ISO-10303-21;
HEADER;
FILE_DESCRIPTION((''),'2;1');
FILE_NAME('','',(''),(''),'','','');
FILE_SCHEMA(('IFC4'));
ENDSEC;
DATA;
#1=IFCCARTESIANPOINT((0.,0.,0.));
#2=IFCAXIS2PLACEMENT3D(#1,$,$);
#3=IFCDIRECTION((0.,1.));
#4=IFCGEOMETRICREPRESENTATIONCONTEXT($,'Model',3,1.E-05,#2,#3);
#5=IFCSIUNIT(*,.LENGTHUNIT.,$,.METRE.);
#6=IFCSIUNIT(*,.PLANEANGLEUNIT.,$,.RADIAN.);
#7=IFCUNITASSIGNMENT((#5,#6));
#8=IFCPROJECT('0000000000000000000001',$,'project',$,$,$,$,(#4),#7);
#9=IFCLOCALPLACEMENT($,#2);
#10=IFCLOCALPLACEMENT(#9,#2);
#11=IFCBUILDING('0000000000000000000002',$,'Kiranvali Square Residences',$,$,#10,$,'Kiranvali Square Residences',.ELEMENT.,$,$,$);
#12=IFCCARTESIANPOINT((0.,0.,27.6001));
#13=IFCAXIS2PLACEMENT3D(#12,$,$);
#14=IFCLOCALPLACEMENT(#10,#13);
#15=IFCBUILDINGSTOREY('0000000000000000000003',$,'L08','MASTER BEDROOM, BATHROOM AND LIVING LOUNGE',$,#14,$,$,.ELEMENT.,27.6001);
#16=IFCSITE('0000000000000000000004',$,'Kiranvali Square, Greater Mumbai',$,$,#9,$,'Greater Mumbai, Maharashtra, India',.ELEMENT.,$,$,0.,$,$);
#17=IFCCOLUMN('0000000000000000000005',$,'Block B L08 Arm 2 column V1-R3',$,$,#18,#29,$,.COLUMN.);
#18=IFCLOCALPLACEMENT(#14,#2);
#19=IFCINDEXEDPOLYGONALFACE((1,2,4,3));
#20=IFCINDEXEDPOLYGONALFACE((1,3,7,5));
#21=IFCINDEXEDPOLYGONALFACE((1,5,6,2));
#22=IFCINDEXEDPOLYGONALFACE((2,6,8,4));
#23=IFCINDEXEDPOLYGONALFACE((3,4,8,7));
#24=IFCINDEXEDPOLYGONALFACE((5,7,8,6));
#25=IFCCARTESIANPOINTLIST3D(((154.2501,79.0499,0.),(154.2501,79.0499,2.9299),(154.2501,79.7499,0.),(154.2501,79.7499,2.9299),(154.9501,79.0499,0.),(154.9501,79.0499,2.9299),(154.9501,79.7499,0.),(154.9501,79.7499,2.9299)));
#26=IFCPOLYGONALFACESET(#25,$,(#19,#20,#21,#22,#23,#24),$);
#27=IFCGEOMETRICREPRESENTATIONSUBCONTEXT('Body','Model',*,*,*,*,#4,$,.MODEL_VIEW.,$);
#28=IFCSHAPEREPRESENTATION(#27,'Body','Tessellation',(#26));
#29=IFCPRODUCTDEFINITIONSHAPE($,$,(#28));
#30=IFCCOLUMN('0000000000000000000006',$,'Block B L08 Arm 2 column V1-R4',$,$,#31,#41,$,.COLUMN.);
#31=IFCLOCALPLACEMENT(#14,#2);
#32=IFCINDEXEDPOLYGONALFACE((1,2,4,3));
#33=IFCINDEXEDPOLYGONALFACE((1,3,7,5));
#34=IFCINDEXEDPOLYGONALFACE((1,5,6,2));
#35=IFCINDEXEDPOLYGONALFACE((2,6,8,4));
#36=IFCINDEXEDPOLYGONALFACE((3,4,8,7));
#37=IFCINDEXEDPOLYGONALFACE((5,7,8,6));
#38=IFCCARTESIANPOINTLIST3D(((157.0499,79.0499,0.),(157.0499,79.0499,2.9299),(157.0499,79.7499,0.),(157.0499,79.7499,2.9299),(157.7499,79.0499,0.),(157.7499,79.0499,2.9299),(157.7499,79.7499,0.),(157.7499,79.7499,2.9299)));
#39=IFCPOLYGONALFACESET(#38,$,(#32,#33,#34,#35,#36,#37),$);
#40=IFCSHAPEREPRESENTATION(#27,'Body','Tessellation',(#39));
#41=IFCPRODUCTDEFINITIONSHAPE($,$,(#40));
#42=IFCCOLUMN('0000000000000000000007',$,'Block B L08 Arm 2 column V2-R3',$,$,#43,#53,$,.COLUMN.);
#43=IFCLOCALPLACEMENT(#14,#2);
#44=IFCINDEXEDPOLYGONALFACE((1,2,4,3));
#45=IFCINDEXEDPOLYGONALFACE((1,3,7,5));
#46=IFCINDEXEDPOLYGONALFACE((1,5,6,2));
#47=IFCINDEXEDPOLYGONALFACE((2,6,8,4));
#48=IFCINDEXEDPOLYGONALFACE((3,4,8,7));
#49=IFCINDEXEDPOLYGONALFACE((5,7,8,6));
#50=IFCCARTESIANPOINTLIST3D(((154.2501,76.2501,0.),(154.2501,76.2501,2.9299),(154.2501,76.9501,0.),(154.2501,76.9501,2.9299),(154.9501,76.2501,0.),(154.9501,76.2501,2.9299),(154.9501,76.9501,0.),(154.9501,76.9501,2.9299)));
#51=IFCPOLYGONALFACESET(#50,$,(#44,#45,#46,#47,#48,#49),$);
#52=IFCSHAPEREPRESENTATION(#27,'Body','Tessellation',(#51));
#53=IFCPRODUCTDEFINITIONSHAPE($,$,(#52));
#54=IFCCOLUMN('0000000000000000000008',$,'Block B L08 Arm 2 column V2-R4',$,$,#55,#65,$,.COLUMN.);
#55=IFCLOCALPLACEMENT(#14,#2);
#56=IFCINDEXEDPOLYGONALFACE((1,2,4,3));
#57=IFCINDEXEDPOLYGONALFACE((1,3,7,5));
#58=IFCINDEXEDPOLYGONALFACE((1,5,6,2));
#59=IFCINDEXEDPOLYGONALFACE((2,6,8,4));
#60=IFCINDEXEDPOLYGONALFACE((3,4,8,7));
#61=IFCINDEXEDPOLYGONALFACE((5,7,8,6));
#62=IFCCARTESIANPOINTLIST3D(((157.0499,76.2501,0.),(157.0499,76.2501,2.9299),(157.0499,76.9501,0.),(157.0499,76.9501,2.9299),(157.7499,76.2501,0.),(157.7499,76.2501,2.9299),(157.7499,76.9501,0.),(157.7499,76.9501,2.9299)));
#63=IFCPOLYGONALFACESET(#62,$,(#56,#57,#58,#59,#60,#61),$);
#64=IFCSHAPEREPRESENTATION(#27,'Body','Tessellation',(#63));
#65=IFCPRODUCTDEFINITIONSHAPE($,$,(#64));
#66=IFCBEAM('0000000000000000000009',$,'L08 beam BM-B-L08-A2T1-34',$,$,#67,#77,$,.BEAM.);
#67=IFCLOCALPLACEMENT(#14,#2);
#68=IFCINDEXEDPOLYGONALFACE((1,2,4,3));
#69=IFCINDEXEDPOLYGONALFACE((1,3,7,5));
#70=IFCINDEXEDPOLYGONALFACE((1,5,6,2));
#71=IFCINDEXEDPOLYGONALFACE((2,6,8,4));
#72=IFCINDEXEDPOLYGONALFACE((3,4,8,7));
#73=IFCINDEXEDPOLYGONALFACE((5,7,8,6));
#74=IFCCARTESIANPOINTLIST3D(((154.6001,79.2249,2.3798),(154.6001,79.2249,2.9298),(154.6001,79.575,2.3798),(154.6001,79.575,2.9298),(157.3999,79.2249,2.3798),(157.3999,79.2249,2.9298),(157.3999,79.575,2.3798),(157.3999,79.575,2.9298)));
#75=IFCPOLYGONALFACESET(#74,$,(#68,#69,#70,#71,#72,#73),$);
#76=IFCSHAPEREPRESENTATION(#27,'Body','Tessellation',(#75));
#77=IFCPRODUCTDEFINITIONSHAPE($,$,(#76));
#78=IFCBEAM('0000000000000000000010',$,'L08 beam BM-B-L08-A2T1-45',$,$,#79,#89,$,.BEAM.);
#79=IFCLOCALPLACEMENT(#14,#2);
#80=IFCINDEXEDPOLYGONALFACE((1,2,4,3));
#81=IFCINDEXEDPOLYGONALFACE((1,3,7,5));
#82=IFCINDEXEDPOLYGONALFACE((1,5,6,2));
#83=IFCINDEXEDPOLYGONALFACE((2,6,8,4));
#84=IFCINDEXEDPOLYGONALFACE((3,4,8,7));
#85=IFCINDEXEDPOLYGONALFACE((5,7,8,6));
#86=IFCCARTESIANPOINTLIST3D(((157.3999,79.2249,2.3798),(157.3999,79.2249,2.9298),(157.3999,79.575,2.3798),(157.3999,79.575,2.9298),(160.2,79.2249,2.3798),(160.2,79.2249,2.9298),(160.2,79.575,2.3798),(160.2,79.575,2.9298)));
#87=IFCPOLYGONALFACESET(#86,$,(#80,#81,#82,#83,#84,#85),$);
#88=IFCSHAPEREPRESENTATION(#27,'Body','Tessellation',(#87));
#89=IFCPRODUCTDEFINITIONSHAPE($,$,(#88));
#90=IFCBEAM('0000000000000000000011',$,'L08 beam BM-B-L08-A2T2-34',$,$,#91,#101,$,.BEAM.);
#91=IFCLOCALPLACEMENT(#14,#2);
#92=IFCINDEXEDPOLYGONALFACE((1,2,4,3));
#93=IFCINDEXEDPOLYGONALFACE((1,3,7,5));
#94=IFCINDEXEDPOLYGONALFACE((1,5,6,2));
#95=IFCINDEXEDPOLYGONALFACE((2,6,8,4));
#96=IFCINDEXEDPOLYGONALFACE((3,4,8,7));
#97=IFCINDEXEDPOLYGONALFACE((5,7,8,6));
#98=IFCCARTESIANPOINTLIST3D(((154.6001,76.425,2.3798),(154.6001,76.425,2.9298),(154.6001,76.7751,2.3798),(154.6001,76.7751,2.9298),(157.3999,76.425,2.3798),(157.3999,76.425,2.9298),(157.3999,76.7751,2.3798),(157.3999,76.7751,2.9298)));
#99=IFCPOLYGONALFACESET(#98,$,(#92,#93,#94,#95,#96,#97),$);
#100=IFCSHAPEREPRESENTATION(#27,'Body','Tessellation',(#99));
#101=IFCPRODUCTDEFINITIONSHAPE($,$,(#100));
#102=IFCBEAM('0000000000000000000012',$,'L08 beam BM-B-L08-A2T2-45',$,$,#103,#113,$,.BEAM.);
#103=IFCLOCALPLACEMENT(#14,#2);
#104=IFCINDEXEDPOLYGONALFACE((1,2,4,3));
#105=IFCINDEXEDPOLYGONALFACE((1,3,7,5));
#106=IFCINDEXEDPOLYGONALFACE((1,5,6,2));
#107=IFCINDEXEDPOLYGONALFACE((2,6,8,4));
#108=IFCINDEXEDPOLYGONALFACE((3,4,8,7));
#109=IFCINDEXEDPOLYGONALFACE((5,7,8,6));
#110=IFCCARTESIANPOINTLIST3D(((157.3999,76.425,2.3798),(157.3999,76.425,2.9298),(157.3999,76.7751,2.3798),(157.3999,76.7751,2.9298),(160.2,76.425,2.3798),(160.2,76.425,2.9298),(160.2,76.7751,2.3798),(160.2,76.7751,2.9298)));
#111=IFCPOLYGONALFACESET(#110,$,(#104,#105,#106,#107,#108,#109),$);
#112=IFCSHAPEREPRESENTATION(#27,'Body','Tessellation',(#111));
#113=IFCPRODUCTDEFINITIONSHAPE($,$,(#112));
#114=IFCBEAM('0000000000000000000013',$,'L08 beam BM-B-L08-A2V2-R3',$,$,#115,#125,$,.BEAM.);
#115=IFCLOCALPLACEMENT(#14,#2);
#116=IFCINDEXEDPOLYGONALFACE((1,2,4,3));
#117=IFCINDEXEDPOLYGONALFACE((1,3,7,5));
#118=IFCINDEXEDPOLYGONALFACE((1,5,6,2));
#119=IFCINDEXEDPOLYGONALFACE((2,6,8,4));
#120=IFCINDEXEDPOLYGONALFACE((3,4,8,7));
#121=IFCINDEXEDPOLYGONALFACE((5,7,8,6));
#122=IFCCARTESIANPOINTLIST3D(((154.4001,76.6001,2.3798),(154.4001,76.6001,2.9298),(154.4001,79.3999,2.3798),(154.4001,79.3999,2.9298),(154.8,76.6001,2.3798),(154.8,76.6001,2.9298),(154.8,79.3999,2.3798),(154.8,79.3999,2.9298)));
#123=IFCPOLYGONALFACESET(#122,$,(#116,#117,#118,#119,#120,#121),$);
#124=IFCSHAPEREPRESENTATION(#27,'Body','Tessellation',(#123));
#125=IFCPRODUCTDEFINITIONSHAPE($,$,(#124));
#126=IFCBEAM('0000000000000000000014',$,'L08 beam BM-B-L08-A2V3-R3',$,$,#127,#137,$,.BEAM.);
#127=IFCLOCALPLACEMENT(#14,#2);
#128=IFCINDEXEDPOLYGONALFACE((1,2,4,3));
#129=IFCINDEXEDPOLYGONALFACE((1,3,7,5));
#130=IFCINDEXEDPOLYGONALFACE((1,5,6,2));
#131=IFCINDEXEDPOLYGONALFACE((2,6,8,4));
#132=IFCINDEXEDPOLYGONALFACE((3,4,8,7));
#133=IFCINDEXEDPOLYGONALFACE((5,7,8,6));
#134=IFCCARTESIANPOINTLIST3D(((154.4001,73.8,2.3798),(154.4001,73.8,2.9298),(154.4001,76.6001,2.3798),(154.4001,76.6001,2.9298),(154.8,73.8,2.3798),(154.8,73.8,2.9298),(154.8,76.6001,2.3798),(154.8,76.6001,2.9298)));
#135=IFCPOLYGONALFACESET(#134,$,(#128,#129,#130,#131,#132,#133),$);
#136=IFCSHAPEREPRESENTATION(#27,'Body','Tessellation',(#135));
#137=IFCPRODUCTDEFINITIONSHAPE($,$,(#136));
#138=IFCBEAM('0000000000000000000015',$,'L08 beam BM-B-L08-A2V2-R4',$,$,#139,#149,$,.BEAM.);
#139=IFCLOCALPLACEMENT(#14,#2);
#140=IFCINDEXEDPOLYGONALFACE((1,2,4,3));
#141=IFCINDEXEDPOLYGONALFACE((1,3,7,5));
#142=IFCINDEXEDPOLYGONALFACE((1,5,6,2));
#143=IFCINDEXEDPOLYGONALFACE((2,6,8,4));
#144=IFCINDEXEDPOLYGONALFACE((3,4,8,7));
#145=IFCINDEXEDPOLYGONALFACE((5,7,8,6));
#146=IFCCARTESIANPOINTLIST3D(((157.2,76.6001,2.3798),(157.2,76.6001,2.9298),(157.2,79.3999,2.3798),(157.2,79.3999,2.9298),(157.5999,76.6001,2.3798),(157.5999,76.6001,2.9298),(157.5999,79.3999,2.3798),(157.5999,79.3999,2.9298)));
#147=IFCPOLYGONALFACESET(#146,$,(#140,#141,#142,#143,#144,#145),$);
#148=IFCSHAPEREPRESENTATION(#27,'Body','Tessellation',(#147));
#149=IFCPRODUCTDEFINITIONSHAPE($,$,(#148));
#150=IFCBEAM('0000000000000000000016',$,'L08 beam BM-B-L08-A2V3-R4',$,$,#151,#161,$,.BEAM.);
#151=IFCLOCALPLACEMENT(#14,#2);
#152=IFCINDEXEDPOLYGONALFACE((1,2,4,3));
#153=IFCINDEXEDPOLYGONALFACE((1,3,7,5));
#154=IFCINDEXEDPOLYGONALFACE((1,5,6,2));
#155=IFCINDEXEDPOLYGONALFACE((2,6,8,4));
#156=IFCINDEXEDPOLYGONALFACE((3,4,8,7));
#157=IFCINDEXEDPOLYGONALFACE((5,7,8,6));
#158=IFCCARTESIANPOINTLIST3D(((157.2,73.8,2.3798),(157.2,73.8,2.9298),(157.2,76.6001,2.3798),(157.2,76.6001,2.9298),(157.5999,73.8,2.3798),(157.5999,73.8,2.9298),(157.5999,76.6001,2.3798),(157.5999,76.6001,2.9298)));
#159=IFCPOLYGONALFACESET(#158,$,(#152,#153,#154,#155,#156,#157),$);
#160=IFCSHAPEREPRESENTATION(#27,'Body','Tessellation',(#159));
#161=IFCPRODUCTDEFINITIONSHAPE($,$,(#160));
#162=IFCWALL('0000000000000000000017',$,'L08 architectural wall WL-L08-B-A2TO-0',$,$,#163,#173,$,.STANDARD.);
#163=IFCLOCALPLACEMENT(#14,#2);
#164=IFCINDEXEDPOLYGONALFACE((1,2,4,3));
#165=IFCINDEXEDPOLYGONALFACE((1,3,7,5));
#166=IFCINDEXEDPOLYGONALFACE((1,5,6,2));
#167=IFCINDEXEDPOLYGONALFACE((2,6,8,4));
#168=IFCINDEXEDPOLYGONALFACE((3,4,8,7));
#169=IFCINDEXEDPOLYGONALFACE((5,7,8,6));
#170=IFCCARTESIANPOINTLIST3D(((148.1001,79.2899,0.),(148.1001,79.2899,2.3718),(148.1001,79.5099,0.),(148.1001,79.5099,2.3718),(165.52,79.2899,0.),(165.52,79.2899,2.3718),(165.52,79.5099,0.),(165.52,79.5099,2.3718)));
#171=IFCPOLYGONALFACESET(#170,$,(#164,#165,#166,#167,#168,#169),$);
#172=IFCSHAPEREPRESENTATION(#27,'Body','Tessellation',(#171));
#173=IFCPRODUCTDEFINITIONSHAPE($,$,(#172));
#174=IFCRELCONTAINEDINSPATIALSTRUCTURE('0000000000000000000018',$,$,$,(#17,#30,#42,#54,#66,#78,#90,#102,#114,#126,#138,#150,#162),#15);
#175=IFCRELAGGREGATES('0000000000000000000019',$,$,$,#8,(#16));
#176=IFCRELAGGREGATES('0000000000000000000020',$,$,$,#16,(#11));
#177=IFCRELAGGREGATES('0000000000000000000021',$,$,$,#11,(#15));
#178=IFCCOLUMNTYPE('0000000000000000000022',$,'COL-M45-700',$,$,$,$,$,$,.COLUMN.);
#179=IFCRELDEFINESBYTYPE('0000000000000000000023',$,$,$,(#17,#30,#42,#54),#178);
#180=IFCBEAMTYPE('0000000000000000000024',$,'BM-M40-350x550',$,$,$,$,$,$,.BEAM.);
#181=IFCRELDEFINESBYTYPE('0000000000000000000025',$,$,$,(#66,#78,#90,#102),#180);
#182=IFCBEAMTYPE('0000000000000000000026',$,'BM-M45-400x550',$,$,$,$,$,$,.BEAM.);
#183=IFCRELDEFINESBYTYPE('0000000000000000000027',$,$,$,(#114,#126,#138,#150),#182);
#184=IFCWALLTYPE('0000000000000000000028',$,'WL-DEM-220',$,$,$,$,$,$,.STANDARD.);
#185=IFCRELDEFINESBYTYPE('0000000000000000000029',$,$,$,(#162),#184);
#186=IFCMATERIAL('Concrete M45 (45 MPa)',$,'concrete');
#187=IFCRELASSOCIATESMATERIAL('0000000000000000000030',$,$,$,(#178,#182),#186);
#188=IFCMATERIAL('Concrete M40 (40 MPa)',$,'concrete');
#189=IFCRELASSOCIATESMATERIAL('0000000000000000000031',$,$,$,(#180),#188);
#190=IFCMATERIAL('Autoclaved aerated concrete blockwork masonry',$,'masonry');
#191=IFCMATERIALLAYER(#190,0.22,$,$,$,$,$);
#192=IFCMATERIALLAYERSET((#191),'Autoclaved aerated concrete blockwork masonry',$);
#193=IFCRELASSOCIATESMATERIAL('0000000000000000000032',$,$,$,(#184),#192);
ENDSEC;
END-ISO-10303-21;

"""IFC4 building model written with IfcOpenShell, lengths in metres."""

from ifc_helpers import new_model, si_unit, direction, frame, frame_2d, origin, origin_2d, place, context, subcontext, project, spatial, rectangle, extrude, material, layer, layer_set, material_profile, profile_set, type_object, element, save


model = new_model("IFC4")

# Units and contexts
model_context = context("Model", 3, precision=1e-05, world=origin(), true_north=direction((0.0, 1.0)))
body_context = subcontext(model_context, "Body", "Model", "MODEL_VIEW")
ifc_project = project(units=[si_unit("LENGTHUNIT", "METRE"), si_unit("PLANEANGLEUNIT", "RADIAN")], contexts=[model_context])

# Site, building, storey
site_placement = place(None, origin())
site = spatial("IfcSite", under=ifc_project, at=site_placement, Name="Kiranvali Square, Greater Mumbai", LongName="Greater Mumbai, Maharashtra, India", CompositionType="ELEMENT", RefElevation=0.0)
building_placement = place(site_placement, origin())
building = spatial("IfcBuilding", under=site, at=building_placement, Name="Kiranvali Square Residences", LongName="Kiranvali Square Residences", CompositionType="ELEMENT")
storey_placement = place(building_placement, frame((0.0, 0.0, 27.6001)))
storey = spatial("IfcBuildingStorey", under=building, at=storey_placement, Name="L08", Description="MASTER BEDROOM, BATHROOM AND LIVING LOUNGE", CompositionType="ELEMENT", Elevation=27.6001)

# Columns
ifc_material_1 = material(Name="Concrete M45 (45 MPa)", Category="concrete")
ifc_material_profile_1 = material_profile(ifc_material_1, rectangle(XDim=0.7, YDim=0.7, at=origin_2d()), Name="RC 700x700")
ifc_profile_set_1 = profile_set([ifc_material_profile_1], Name="Concrete M45 (45 MPa)")
column_type = type_object("IfcColumnType", Name="COL-M45-700", PredefinedType="COLUMN", material=ifc_profile_set_1)
for number, where, z_axis, x_axis, name in (
    (1, (154.6001, 79.3999, 0.0), (0.0, 0.0, 1.0), (1.0, 0.0, 0.0), "Block B L08 Arm 2 column V1-R3"),
    (2, (157.3999, 79.3999, 0.0), (0.0, 0.0, 1.0), (1.0, 0.0, 0.0), "Block B L08 Arm 2 column V1-R4"),
    (3, (154.6001, 76.6001, 0.0), (0.0, 0.0, 1.0), (1.0, 0.0, 0.0), "Block B L08 Arm 2 column V2-R3"),
    (4, (157.3999, 76.6001, 0.0), (0.0, 0.0, 1.0), (1.0, 0.0, 0.0), "Block B L08 Arm 2 column V2-R4"),
):
    element("IfcColumn", number, at=place(storey_placement, frame(where, z_axis=z_axis, x_axis=x_axis)), inside=storey, type_object=column_type, Name=name, PredefinedType="COLUMN", context=body_context, shape_type="SweptSolid", body=[
        extrude(rectangle(XDim=0.7, YDim=0.7, at=origin_2d()), origin(), (0.0, 0.0, 1.0), 2.9299),
    ])

# Beams
ifc_material_2 = material(Name="Concrete M40 (40 MPa)", Category="concrete")
ifc_material_profile_2 = material_profile(ifc_material_2, rectangle(XDim=0.3501, YDim=0.55, at=origin_2d()), Name="RC 350x550")
ifc_profile_set_2 = profile_set([ifc_material_profile_2], Name="Concrete M40 (40 MPa)")
beam_type_1 = type_object("IfcBeamType", Name="BM-M40-350x550", PredefinedType="BEAM", material=ifc_profile_set_2)
beam_1_placement = place(storey_placement, frame((154.6001, 79.3999, 2.6548), z_axis=(1.0, 0.0, 0.0), x_axis=(0.0, 1.0, 0.0)))
element("IfcBeam", 5, at=beam_1_placement, inside=storey, type_object=beam_type_1, Name="L08 beam BM-B-L08-A2T1-34", PredefinedType="BEAM", context=body_context, shape_type="SweptSolid", body=[
    extrude(rectangle(XDim=0.3501, YDim=0.55, at=origin_2d()), origin(), (0.0, 0.0, 1.0), 2.7998),
])
beam_2_placement = place(storey_placement, frame((157.3999, 79.3999, 2.6548), z_axis=(1.0, 0.0, 0.0), x_axis=(0.0, 1.0, 0.0)))
element("IfcBeam", 6, at=beam_2_placement, inside=storey, type_object=beam_type_1, Name="L08 beam BM-B-L08-A2T1-45", PredefinedType="BEAM", context=body_context, shape_type="SweptSolid", body=[
    extrude(rectangle(XDim=0.3501, YDim=0.55, at=origin_2d()), origin(), (0.0, 0.0, 1.0), 2.8),
])
beam_3_placement = place(storey_placement, frame((154.6001, 76.6001, 2.6548), z_axis=(1.0, 0.0, 0.0), x_axis=(0.0, 1.0, 0.0)))
element("IfcBeam", 7, at=beam_3_placement, inside=storey, type_object=beam_type_1, Name="L08 beam BM-B-L08-A2T2-34", PredefinedType="BEAM", context=body_context, shape_type="SweptSolid", body=[
    extrude(rectangle(XDim=0.3501, YDim=0.55, at=origin_2d()), origin(), (0.0, 0.0, 1.0), 2.7998),
])
beam_4_placement = place(storey_placement, frame((157.3999, 76.6001, 2.6548), z_axis=(1.0, 0.0, 0.0), x_axis=(0.0, 1.0, 0.0)))
element("IfcBeam", 8, at=beam_4_placement, inside=storey, type_object=beam_type_1, Name="L08 beam BM-B-L08-A2T2-45", PredefinedType="BEAM", context=body_context, shape_type="SweptSolid", body=[
    extrude(rectangle(XDim=0.3501, YDim=0.55, at=origin_2d()), origin(), (0.0, 0.0, 1.0), 2.8),
])
ifc_material_profile_3 = material_profile(ifc_material_1, rectangle(XDim=0.3999, YDim=0.55, at=origin_2d()), Name="RC 400x550")
ifc_profile_set_3 = profile_set([ifc_material_profile_3], Name="Concrete M45 (45 MPa)")
beam_type_2 = type_object("IfcBeamType", Name="BM-M45-400x550", PredefinedType="BEAM", material=ifc_profile_set_3)
beam_5_placement = place(storey_placement, frame((154.6001, 79.3999, 2.6548), z_axis=(0.0, -1.0, 0.0), x_axis=(1.0, 0.0, 0.0)))
element("IfcBeam", 9, at=beam_5_placement, inside=storey, type_object=beam_type_2, Name="L08 beam BM-B-L08-A2V2-R3", PredefinedType="BEAM", context=body_context, shape_type="SweptSolid", body=[
    extrude(rectangle(XDim=0.3999, YDim=0.55, at=origin_2d()), origin(), (0.0, 0.0, 1.0), 2.7998),
])
beam_6_placement = place(storey_placement, frame((154.6001, 76.6001, 2.6548), z_axis=(0.0, -1.0, 0.0), x_axis=(1.0, 0.0, 0.0)))
element("IfcBeam", 10, at=beam_6_placement, inside=storey, type_object=beam_type_2, Name="L08 beam BM-B-L08-A2V3-R3", PredefinedType="BEAM", context=body_context, shape_type="SweptSolid", body=[
    extrude(rectangle(XDim=0.3999, YDim=0.55, at=origin_2d()), origin(), (0.0, 0.0, 1.0), 2.8),
])
beam_7_placement = place(storey_placement, frame((157.3999, 79.3999, 2.6548), z_axis=(0.0, -1.0, 0.0), x_axis=(1.0, 0.0, 0.0)))
element("IfcBeam", 11, at=beam_7_placement, inside=storey, type_object=beam_type_2, Name="L08 beam BM-B-L08-A2V2-R4", PredefinedType="BEAM", context=body_context, shape_type="SweptSolid", body=[
    extrude(rectangle(XDim=0.3999, YDim=0.55, at=origin_2d()), origin(), (0.0, 0.0, 1.0), 2.7998),
])
beam_8_placement = place(storey_placement, frame((157.3999, 76.6001, 2.6548), z_axis=(0.0, -1.0, 0.0), x_axis=(1.0, 0.0, 0.0)))
element("IfcBeam", 12, at=beam_8_placement, inside=storey, type_object=beam_type_2, Name="L08 beam BM-B-L08-A2V3-R4", PredefinedType="BEAM", context=body_context, shape_type="SweptSolid", body=[
    extrude(rectangle(XDim=0.3999, YDim=0.55, at=origin_2d()), origin(), (0.0, 0.0, 1.0), 2.8),
])

# Wall
ifc_material_3 = material(Name="Autoclaved aerated concrete blockwork masonry", Category="masonry")
ifc_layer_1 = layer(ifc_material_3, 0.22)
ifc_layer_set_1 = layer_set([ifc_layer_1], Name="Autoclaved aerated concrete blockwork masonry")
wall_type_1 = type_object("IfcWallType", Name="WL-DEM-220", PredefinedType="STANDARD", material=ifc_layer_set_1)
wall_1_placement = place(storey_placement, frame((148.1001, 79.3999, 0.0), z_axis=(0.0, 0.0, 1.0), x_axis=(1.0, 0.0, 0.0)))
element("IfcWall", 13, at=wall_1_placement, inside=storey, type_object=wall_type_1, Name="L08 architectural wall WL-L08-B-A2TO-0", PredefinedType="STANDARD", context=body_context, shape_type="SweptSolid", body=[
    extrude(rectangle(XDim=17.4199, YDim=0.22, at=frame_2d((8.71, 0.0))), origin(), (0.0, 0.0, 1.0), 2.3718),
])

save(model, "model.ifc")
